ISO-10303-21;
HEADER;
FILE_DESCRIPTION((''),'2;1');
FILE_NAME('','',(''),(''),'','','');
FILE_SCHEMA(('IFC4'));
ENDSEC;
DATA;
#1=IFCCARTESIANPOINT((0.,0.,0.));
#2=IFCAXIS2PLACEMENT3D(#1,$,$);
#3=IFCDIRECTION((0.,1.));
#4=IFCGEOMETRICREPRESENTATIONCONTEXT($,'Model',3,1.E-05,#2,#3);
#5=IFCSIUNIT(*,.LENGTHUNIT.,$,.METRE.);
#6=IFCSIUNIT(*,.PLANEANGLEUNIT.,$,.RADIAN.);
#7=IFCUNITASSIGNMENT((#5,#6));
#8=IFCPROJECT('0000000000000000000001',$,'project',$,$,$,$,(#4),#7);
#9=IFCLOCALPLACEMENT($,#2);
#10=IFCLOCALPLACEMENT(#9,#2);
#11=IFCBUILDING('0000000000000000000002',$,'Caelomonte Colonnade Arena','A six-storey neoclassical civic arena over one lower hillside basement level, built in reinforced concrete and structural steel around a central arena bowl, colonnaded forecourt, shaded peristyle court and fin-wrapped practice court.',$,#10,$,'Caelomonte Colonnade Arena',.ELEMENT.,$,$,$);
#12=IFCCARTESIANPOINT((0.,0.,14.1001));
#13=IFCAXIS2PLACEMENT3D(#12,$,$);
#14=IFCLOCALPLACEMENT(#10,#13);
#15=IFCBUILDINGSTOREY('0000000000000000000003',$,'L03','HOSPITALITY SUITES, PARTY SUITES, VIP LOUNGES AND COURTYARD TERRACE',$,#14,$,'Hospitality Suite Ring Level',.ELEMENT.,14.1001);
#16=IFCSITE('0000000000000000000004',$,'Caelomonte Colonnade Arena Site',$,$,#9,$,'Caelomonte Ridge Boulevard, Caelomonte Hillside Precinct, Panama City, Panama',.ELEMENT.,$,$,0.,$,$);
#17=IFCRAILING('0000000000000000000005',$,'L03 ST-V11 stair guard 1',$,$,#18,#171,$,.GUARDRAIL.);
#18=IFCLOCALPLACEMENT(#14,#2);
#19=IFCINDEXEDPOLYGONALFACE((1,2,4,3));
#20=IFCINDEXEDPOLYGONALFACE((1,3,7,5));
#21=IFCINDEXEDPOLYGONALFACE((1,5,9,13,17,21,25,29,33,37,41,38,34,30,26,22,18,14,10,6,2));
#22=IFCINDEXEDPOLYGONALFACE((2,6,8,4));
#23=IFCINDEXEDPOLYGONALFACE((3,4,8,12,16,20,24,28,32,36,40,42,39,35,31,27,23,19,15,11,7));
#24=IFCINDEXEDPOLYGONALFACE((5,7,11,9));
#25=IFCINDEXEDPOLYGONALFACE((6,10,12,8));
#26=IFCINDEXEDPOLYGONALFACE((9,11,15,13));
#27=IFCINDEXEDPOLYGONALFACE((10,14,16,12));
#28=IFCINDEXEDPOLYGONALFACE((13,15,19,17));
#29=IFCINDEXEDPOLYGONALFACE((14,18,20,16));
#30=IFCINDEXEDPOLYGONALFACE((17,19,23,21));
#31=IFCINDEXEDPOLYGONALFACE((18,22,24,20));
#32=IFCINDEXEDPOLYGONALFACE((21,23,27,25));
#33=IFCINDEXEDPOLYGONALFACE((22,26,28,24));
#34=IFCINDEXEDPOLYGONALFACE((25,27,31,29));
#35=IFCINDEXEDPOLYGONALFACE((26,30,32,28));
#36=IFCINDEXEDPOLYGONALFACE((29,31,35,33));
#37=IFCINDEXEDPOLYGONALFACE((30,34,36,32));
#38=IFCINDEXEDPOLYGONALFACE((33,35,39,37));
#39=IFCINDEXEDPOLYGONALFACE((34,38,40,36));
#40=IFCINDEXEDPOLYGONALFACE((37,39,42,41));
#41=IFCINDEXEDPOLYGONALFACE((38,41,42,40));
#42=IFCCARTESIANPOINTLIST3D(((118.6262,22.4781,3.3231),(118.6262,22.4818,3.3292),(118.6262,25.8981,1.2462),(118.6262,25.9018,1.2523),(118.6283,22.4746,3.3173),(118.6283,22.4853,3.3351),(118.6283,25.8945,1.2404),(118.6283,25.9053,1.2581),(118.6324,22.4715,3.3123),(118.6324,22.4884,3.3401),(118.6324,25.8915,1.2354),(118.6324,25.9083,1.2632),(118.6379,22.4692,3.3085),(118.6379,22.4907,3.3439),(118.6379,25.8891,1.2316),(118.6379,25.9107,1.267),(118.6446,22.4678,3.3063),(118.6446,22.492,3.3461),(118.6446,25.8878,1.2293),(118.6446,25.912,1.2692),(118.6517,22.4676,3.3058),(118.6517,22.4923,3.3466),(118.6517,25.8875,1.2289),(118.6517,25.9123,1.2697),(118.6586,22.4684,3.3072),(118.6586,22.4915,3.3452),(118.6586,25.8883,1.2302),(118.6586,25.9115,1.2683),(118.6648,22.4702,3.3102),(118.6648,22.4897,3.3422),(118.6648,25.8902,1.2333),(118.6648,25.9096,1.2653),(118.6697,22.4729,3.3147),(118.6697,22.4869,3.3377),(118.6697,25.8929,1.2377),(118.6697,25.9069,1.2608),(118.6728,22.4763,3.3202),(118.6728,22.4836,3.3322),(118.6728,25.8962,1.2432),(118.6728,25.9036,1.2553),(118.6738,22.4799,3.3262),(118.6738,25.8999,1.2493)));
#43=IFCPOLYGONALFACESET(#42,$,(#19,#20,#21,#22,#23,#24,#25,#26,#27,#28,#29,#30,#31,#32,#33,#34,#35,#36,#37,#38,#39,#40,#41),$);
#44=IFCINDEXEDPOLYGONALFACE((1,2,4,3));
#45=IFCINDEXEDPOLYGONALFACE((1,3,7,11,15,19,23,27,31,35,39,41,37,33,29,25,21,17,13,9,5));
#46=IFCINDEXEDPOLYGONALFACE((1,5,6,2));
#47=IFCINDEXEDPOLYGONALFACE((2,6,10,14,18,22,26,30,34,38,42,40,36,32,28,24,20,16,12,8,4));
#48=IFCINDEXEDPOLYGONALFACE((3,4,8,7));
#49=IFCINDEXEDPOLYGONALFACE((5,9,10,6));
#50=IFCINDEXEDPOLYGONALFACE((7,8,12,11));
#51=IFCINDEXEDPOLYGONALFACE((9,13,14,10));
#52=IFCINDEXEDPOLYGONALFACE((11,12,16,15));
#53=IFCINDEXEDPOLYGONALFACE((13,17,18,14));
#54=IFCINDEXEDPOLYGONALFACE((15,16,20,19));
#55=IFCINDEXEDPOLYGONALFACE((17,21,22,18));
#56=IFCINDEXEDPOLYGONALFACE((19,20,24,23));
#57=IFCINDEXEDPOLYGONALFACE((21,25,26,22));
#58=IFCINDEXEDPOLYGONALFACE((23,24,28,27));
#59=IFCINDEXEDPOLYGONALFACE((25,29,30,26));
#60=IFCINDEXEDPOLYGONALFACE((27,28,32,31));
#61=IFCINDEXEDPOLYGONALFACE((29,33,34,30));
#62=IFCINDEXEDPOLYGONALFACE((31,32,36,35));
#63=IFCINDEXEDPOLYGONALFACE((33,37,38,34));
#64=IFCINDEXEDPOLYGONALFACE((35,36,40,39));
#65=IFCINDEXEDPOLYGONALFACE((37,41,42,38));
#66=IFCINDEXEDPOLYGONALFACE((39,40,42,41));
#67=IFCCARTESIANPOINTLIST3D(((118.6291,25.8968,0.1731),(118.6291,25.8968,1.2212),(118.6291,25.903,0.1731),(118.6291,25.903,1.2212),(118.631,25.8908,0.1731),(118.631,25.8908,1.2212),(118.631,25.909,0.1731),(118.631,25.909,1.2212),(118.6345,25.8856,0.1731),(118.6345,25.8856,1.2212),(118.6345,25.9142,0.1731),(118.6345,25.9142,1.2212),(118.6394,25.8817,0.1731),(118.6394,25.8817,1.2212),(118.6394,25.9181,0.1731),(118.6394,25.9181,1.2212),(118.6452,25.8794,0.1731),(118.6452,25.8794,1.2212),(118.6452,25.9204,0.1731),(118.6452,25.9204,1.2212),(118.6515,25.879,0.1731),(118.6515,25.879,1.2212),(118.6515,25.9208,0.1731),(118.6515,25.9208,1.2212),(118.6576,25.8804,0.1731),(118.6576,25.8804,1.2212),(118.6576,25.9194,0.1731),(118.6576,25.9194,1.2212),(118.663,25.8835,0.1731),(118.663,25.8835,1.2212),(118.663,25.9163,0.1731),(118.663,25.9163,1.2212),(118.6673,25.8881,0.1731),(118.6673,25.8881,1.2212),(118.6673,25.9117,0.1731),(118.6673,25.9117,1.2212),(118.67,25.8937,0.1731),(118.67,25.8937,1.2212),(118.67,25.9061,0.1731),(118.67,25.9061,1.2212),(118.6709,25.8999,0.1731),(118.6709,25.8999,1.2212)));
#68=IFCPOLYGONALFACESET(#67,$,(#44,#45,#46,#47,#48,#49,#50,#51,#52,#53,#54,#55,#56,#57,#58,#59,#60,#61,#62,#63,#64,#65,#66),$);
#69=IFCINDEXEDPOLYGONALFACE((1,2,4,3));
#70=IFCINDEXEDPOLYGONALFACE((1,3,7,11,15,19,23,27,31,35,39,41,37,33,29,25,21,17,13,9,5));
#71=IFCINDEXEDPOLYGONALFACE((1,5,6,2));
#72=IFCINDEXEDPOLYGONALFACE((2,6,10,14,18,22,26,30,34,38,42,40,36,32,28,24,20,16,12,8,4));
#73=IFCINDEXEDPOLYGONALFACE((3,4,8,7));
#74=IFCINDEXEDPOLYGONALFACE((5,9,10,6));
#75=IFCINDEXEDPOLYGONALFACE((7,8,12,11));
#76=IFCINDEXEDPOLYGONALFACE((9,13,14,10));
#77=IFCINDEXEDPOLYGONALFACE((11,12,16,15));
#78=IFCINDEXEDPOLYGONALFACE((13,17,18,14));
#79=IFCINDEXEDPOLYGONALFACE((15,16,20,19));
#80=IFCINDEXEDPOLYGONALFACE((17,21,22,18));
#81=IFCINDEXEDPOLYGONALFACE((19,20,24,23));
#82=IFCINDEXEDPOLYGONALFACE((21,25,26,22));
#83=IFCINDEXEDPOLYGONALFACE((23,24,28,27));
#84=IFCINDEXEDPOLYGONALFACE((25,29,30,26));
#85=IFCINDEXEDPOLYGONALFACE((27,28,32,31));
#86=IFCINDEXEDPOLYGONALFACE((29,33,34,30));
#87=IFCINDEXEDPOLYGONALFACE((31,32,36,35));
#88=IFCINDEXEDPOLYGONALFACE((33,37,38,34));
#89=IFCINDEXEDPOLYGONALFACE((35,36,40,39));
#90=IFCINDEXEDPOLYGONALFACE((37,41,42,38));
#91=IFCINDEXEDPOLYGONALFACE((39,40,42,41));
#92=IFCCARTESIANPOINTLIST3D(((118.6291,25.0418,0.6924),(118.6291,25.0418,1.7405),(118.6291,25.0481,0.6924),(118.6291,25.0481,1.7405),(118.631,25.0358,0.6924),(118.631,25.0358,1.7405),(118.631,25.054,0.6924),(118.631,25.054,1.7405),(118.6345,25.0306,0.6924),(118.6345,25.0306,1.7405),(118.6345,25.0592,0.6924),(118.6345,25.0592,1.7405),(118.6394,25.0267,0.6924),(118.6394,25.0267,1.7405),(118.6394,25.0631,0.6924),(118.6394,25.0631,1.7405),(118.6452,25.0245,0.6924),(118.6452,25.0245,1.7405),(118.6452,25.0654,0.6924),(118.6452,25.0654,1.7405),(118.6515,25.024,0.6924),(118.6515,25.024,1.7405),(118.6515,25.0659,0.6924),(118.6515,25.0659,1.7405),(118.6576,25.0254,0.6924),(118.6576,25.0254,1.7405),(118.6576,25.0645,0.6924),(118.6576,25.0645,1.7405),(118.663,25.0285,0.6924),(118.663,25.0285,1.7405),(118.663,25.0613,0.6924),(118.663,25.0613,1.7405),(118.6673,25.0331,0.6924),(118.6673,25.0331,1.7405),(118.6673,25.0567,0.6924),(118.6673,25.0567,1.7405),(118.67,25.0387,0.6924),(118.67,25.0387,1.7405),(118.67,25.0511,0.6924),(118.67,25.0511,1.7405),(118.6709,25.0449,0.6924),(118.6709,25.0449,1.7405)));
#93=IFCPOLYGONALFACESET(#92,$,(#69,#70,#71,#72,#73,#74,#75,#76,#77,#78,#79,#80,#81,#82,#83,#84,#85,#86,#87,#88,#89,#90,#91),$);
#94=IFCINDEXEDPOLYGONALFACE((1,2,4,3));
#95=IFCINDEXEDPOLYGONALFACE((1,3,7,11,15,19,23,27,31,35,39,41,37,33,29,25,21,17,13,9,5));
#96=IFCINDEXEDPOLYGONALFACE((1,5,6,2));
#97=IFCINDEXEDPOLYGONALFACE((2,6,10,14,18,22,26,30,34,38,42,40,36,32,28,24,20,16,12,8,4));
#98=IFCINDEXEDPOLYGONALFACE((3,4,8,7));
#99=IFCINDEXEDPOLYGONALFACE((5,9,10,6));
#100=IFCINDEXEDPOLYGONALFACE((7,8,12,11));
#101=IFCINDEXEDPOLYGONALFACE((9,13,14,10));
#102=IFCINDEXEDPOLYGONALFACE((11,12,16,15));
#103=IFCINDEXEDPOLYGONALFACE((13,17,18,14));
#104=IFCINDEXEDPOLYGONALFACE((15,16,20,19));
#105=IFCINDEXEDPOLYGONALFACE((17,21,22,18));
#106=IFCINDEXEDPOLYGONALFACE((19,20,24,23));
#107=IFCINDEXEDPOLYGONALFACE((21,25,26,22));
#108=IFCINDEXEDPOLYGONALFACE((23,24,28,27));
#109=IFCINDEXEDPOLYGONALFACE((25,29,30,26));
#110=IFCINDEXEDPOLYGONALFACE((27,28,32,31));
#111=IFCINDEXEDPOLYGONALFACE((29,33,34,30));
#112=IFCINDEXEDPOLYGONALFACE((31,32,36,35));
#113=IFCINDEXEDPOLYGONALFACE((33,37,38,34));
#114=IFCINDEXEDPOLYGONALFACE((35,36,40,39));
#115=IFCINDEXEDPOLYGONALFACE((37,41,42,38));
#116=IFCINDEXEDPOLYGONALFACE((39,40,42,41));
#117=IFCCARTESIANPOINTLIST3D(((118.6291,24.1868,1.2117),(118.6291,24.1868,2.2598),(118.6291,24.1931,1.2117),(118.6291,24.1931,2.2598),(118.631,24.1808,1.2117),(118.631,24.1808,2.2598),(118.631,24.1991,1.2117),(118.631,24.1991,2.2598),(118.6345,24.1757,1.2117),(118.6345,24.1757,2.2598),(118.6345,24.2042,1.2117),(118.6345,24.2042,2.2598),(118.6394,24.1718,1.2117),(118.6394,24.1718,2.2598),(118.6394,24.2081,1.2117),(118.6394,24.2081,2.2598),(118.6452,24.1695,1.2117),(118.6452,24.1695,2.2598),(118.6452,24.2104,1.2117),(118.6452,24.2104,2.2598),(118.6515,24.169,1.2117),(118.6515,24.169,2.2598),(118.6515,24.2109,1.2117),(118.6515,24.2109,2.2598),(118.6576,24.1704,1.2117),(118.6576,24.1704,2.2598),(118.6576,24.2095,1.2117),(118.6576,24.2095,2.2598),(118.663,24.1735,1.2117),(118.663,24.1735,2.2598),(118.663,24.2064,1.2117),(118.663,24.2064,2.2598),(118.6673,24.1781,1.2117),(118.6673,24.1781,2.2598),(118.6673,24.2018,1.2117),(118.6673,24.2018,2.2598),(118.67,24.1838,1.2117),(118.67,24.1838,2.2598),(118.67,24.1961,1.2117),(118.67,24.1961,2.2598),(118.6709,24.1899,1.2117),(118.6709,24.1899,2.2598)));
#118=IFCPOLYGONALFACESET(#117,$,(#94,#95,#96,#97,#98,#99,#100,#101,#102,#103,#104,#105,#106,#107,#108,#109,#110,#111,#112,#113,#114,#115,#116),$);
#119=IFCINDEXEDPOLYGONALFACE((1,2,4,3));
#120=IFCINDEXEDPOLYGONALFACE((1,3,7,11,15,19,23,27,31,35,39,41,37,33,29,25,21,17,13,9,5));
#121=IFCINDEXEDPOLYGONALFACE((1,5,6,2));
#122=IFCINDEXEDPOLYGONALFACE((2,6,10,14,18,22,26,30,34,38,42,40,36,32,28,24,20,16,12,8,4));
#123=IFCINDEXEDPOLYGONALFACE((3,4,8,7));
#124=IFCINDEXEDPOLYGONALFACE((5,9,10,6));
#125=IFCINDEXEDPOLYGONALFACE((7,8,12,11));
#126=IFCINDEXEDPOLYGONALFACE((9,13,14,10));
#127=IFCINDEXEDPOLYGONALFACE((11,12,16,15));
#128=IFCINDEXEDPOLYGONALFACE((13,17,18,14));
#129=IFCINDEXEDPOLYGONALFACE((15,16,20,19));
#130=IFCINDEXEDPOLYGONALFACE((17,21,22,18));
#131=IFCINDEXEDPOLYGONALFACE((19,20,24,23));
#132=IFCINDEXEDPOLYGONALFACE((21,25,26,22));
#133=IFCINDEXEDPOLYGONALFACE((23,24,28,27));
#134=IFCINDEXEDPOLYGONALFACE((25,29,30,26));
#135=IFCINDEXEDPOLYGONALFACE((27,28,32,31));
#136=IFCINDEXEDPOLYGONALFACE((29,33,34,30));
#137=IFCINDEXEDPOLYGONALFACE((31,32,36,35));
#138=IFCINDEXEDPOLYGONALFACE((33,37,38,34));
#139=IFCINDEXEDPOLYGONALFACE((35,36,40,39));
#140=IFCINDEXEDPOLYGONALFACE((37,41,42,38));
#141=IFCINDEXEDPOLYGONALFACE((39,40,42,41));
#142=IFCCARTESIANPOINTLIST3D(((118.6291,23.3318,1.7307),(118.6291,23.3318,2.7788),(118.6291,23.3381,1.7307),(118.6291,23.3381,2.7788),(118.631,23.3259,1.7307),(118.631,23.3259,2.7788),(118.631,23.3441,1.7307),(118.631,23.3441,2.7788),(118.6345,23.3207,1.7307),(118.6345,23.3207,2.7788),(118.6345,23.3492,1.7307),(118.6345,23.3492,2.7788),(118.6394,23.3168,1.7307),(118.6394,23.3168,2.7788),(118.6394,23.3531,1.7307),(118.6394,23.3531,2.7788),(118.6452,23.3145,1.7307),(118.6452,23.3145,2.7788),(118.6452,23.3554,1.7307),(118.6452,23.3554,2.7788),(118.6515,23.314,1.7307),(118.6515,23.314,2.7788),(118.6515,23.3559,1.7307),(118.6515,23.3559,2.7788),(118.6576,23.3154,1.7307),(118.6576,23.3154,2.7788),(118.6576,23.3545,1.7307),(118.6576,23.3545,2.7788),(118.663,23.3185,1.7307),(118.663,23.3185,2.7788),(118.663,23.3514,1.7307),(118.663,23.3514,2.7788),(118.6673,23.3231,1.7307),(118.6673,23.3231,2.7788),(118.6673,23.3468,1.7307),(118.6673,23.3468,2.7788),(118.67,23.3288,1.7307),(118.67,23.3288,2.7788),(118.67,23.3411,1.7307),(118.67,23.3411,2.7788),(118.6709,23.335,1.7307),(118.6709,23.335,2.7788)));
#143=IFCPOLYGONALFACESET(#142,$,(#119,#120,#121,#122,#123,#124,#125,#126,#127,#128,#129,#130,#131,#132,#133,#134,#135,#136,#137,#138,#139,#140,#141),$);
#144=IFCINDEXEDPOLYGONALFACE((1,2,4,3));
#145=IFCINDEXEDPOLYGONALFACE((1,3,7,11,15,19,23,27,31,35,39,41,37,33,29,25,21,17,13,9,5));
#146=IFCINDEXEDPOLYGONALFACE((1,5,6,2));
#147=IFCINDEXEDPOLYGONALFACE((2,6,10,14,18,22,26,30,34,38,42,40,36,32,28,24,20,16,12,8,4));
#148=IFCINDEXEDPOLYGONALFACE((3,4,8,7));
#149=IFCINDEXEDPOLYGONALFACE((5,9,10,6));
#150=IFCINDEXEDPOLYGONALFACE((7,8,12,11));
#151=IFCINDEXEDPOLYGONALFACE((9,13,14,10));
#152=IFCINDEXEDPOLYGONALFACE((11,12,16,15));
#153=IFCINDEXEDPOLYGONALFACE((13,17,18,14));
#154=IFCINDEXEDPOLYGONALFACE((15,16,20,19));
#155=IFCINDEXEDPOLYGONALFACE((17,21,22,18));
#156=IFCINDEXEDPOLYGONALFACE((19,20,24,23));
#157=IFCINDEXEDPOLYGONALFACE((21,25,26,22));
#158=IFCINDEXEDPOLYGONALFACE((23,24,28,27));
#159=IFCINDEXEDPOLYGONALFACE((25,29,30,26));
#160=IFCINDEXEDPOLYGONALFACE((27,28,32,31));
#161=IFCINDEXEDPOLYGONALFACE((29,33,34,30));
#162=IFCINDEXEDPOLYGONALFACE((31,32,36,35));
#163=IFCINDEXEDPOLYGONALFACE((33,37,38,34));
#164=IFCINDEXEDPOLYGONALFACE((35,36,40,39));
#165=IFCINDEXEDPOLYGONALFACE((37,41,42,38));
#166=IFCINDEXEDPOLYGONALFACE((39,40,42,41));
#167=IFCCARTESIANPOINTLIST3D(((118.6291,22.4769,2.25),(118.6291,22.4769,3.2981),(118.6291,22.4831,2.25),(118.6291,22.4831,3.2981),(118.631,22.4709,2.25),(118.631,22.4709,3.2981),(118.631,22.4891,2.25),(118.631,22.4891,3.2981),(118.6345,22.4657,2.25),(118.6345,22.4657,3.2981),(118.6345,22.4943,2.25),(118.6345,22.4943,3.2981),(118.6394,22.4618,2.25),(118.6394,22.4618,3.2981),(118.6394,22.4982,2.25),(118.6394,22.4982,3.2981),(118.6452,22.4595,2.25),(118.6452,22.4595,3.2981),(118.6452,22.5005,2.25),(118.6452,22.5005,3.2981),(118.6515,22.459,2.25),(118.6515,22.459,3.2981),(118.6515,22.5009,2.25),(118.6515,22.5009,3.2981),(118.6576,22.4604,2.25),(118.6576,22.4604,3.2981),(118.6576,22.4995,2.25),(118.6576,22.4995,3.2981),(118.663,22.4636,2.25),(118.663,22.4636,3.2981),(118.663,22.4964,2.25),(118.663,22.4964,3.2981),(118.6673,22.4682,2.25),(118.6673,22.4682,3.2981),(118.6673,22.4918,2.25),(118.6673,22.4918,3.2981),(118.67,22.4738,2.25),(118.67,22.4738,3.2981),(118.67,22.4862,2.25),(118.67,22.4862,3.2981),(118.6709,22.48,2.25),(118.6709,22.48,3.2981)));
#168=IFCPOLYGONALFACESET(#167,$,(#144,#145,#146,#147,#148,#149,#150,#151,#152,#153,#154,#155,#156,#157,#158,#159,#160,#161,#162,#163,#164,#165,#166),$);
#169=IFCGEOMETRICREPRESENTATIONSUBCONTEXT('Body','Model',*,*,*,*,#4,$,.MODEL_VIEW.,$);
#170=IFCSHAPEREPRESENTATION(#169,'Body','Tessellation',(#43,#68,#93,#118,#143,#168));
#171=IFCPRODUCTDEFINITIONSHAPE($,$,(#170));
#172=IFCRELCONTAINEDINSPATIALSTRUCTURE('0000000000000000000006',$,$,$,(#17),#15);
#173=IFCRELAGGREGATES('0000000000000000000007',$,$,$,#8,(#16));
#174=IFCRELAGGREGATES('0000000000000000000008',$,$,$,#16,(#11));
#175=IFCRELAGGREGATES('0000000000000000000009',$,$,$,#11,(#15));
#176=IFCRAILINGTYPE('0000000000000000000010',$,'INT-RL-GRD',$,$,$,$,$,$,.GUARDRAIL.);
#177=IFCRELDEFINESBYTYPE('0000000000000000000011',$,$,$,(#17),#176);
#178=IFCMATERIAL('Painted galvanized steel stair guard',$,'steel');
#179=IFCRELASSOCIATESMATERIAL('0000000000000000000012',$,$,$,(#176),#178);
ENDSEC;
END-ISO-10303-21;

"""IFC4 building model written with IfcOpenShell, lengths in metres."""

from ifc_helpers import new_model, si_unit, direction, frame, origin, origin_2d, place, context, subcontext, project, spatial, circle, extrude, material, type_object, element, save


model = new_model("IFC4")

# Units and contexts
model_context = context("Model", 3, precision=1e-05, world=origin(), true_north=direction((0.0, 1.0)))
body_context = subcontext(model_context, "Body", "Model", "MODEL_VIEW")
ifc_project = project(units=[si_unit("LENGTHUNIT", "METRE"), si_unit("PLANEANGLEUNIT", "RADIAN")], contexts=[model_context])

# Site, building, storey
site_placement = place(None, origin())
site = spatial("IfcSite", under=ifc_project, at=site_placement, Name="Caelomonte Colonnade Arena Site", LongName="Caelomonte Ridge Boulevard, Caelomonte Hillside Precinct, Panama City, Panama", CompositionType="ELEMENT", RefElevation=0.0)
building_placement = place(site_placement, origin())
building = spatial("IfcBuilding", under=site, at=building_placement, Name="Caelomonte Colonnade Arena", Description="A six-storey neoclassical civic arena over one lower hillside basement level, built in reinforced concrete and structural steel around a central arena bowl, colonnaded forecourt, shaded peristyle court and fin-wrapped practice court.", LongName="Caelomonte Colonnade Arena", CompositionType="ELEMENT")
storey_placement = place(building_placement, frame((0.0, 0.0, 14.1001)))
storey = spatial("IfcBuildingStorey", under=building, at=storey_placement, Name="L03", Description="HOSPITALITY SUITES, PARTY SUITES, VIP LOUNGES AND COURTYARD TERRACE", LongName="Hospitality Suite Ring Level", CompositionType="ELEMENT", Elevation=14.1001)

# Railing
ifc_material_1 = material(Name="Painted galvanized steel stair guard", Category="steel")
railing_type_1 = type_object("IfcRailingType", Name="INT-RL-GRD", PredefinedType="GUARDRAIL", material=ifc_material_1)
railing_1_placement = place(storey_placement, frame((118.6499, 25.8999, 0.1731)))
element("IfcRailing", 1, at=railing_1_placement, inside=storey, type_object=railing_type_1, Name="L03 ST-V11 stair guard 1", PredefinedType="GUARDRAIL", context=body_context, shape_type="SweptSolid", body=[
    extrude(circle(Radius=0.0239, at=origin_2d()), frame((0.0, 0.0, 1.0762), z_axis=(0.0, -0.85473, 0.519074), x_axis=(1.0, 0.0, 0.0)), (0.0, 0.0, 1.0), 4.0012),
    extrude(circle(Radius=0.021, at=origin_2d()), origin(), (0.0, 0.0, 1.0), 1.0481),
    extrude(circle(Radius=0.021, at=origin_2d()), frame((0.0, -0.855, 0.5193)), (0.0, 0.0, 1.0), 1.0481),
    extrude(circle(Radius=0.021, at=origin_2d()), frame((0.0, -1.71, 1.0386)), (0.0, 0.0, 1.0), 1.0481),
    extrude(circle(Radius=0.021, at=origin_2d()), frame((0.0, -2.5649, 1.5576)), (0.0, 0.0, 1.0), 1.0481),
    extrude(circle(Radius=0.021, at=origin_2d()), frame((0.0, -3.4199, 2.0769)), (0.0, 0.0, 1.0), 1.0481),
])

save(model, "model.ifc")
